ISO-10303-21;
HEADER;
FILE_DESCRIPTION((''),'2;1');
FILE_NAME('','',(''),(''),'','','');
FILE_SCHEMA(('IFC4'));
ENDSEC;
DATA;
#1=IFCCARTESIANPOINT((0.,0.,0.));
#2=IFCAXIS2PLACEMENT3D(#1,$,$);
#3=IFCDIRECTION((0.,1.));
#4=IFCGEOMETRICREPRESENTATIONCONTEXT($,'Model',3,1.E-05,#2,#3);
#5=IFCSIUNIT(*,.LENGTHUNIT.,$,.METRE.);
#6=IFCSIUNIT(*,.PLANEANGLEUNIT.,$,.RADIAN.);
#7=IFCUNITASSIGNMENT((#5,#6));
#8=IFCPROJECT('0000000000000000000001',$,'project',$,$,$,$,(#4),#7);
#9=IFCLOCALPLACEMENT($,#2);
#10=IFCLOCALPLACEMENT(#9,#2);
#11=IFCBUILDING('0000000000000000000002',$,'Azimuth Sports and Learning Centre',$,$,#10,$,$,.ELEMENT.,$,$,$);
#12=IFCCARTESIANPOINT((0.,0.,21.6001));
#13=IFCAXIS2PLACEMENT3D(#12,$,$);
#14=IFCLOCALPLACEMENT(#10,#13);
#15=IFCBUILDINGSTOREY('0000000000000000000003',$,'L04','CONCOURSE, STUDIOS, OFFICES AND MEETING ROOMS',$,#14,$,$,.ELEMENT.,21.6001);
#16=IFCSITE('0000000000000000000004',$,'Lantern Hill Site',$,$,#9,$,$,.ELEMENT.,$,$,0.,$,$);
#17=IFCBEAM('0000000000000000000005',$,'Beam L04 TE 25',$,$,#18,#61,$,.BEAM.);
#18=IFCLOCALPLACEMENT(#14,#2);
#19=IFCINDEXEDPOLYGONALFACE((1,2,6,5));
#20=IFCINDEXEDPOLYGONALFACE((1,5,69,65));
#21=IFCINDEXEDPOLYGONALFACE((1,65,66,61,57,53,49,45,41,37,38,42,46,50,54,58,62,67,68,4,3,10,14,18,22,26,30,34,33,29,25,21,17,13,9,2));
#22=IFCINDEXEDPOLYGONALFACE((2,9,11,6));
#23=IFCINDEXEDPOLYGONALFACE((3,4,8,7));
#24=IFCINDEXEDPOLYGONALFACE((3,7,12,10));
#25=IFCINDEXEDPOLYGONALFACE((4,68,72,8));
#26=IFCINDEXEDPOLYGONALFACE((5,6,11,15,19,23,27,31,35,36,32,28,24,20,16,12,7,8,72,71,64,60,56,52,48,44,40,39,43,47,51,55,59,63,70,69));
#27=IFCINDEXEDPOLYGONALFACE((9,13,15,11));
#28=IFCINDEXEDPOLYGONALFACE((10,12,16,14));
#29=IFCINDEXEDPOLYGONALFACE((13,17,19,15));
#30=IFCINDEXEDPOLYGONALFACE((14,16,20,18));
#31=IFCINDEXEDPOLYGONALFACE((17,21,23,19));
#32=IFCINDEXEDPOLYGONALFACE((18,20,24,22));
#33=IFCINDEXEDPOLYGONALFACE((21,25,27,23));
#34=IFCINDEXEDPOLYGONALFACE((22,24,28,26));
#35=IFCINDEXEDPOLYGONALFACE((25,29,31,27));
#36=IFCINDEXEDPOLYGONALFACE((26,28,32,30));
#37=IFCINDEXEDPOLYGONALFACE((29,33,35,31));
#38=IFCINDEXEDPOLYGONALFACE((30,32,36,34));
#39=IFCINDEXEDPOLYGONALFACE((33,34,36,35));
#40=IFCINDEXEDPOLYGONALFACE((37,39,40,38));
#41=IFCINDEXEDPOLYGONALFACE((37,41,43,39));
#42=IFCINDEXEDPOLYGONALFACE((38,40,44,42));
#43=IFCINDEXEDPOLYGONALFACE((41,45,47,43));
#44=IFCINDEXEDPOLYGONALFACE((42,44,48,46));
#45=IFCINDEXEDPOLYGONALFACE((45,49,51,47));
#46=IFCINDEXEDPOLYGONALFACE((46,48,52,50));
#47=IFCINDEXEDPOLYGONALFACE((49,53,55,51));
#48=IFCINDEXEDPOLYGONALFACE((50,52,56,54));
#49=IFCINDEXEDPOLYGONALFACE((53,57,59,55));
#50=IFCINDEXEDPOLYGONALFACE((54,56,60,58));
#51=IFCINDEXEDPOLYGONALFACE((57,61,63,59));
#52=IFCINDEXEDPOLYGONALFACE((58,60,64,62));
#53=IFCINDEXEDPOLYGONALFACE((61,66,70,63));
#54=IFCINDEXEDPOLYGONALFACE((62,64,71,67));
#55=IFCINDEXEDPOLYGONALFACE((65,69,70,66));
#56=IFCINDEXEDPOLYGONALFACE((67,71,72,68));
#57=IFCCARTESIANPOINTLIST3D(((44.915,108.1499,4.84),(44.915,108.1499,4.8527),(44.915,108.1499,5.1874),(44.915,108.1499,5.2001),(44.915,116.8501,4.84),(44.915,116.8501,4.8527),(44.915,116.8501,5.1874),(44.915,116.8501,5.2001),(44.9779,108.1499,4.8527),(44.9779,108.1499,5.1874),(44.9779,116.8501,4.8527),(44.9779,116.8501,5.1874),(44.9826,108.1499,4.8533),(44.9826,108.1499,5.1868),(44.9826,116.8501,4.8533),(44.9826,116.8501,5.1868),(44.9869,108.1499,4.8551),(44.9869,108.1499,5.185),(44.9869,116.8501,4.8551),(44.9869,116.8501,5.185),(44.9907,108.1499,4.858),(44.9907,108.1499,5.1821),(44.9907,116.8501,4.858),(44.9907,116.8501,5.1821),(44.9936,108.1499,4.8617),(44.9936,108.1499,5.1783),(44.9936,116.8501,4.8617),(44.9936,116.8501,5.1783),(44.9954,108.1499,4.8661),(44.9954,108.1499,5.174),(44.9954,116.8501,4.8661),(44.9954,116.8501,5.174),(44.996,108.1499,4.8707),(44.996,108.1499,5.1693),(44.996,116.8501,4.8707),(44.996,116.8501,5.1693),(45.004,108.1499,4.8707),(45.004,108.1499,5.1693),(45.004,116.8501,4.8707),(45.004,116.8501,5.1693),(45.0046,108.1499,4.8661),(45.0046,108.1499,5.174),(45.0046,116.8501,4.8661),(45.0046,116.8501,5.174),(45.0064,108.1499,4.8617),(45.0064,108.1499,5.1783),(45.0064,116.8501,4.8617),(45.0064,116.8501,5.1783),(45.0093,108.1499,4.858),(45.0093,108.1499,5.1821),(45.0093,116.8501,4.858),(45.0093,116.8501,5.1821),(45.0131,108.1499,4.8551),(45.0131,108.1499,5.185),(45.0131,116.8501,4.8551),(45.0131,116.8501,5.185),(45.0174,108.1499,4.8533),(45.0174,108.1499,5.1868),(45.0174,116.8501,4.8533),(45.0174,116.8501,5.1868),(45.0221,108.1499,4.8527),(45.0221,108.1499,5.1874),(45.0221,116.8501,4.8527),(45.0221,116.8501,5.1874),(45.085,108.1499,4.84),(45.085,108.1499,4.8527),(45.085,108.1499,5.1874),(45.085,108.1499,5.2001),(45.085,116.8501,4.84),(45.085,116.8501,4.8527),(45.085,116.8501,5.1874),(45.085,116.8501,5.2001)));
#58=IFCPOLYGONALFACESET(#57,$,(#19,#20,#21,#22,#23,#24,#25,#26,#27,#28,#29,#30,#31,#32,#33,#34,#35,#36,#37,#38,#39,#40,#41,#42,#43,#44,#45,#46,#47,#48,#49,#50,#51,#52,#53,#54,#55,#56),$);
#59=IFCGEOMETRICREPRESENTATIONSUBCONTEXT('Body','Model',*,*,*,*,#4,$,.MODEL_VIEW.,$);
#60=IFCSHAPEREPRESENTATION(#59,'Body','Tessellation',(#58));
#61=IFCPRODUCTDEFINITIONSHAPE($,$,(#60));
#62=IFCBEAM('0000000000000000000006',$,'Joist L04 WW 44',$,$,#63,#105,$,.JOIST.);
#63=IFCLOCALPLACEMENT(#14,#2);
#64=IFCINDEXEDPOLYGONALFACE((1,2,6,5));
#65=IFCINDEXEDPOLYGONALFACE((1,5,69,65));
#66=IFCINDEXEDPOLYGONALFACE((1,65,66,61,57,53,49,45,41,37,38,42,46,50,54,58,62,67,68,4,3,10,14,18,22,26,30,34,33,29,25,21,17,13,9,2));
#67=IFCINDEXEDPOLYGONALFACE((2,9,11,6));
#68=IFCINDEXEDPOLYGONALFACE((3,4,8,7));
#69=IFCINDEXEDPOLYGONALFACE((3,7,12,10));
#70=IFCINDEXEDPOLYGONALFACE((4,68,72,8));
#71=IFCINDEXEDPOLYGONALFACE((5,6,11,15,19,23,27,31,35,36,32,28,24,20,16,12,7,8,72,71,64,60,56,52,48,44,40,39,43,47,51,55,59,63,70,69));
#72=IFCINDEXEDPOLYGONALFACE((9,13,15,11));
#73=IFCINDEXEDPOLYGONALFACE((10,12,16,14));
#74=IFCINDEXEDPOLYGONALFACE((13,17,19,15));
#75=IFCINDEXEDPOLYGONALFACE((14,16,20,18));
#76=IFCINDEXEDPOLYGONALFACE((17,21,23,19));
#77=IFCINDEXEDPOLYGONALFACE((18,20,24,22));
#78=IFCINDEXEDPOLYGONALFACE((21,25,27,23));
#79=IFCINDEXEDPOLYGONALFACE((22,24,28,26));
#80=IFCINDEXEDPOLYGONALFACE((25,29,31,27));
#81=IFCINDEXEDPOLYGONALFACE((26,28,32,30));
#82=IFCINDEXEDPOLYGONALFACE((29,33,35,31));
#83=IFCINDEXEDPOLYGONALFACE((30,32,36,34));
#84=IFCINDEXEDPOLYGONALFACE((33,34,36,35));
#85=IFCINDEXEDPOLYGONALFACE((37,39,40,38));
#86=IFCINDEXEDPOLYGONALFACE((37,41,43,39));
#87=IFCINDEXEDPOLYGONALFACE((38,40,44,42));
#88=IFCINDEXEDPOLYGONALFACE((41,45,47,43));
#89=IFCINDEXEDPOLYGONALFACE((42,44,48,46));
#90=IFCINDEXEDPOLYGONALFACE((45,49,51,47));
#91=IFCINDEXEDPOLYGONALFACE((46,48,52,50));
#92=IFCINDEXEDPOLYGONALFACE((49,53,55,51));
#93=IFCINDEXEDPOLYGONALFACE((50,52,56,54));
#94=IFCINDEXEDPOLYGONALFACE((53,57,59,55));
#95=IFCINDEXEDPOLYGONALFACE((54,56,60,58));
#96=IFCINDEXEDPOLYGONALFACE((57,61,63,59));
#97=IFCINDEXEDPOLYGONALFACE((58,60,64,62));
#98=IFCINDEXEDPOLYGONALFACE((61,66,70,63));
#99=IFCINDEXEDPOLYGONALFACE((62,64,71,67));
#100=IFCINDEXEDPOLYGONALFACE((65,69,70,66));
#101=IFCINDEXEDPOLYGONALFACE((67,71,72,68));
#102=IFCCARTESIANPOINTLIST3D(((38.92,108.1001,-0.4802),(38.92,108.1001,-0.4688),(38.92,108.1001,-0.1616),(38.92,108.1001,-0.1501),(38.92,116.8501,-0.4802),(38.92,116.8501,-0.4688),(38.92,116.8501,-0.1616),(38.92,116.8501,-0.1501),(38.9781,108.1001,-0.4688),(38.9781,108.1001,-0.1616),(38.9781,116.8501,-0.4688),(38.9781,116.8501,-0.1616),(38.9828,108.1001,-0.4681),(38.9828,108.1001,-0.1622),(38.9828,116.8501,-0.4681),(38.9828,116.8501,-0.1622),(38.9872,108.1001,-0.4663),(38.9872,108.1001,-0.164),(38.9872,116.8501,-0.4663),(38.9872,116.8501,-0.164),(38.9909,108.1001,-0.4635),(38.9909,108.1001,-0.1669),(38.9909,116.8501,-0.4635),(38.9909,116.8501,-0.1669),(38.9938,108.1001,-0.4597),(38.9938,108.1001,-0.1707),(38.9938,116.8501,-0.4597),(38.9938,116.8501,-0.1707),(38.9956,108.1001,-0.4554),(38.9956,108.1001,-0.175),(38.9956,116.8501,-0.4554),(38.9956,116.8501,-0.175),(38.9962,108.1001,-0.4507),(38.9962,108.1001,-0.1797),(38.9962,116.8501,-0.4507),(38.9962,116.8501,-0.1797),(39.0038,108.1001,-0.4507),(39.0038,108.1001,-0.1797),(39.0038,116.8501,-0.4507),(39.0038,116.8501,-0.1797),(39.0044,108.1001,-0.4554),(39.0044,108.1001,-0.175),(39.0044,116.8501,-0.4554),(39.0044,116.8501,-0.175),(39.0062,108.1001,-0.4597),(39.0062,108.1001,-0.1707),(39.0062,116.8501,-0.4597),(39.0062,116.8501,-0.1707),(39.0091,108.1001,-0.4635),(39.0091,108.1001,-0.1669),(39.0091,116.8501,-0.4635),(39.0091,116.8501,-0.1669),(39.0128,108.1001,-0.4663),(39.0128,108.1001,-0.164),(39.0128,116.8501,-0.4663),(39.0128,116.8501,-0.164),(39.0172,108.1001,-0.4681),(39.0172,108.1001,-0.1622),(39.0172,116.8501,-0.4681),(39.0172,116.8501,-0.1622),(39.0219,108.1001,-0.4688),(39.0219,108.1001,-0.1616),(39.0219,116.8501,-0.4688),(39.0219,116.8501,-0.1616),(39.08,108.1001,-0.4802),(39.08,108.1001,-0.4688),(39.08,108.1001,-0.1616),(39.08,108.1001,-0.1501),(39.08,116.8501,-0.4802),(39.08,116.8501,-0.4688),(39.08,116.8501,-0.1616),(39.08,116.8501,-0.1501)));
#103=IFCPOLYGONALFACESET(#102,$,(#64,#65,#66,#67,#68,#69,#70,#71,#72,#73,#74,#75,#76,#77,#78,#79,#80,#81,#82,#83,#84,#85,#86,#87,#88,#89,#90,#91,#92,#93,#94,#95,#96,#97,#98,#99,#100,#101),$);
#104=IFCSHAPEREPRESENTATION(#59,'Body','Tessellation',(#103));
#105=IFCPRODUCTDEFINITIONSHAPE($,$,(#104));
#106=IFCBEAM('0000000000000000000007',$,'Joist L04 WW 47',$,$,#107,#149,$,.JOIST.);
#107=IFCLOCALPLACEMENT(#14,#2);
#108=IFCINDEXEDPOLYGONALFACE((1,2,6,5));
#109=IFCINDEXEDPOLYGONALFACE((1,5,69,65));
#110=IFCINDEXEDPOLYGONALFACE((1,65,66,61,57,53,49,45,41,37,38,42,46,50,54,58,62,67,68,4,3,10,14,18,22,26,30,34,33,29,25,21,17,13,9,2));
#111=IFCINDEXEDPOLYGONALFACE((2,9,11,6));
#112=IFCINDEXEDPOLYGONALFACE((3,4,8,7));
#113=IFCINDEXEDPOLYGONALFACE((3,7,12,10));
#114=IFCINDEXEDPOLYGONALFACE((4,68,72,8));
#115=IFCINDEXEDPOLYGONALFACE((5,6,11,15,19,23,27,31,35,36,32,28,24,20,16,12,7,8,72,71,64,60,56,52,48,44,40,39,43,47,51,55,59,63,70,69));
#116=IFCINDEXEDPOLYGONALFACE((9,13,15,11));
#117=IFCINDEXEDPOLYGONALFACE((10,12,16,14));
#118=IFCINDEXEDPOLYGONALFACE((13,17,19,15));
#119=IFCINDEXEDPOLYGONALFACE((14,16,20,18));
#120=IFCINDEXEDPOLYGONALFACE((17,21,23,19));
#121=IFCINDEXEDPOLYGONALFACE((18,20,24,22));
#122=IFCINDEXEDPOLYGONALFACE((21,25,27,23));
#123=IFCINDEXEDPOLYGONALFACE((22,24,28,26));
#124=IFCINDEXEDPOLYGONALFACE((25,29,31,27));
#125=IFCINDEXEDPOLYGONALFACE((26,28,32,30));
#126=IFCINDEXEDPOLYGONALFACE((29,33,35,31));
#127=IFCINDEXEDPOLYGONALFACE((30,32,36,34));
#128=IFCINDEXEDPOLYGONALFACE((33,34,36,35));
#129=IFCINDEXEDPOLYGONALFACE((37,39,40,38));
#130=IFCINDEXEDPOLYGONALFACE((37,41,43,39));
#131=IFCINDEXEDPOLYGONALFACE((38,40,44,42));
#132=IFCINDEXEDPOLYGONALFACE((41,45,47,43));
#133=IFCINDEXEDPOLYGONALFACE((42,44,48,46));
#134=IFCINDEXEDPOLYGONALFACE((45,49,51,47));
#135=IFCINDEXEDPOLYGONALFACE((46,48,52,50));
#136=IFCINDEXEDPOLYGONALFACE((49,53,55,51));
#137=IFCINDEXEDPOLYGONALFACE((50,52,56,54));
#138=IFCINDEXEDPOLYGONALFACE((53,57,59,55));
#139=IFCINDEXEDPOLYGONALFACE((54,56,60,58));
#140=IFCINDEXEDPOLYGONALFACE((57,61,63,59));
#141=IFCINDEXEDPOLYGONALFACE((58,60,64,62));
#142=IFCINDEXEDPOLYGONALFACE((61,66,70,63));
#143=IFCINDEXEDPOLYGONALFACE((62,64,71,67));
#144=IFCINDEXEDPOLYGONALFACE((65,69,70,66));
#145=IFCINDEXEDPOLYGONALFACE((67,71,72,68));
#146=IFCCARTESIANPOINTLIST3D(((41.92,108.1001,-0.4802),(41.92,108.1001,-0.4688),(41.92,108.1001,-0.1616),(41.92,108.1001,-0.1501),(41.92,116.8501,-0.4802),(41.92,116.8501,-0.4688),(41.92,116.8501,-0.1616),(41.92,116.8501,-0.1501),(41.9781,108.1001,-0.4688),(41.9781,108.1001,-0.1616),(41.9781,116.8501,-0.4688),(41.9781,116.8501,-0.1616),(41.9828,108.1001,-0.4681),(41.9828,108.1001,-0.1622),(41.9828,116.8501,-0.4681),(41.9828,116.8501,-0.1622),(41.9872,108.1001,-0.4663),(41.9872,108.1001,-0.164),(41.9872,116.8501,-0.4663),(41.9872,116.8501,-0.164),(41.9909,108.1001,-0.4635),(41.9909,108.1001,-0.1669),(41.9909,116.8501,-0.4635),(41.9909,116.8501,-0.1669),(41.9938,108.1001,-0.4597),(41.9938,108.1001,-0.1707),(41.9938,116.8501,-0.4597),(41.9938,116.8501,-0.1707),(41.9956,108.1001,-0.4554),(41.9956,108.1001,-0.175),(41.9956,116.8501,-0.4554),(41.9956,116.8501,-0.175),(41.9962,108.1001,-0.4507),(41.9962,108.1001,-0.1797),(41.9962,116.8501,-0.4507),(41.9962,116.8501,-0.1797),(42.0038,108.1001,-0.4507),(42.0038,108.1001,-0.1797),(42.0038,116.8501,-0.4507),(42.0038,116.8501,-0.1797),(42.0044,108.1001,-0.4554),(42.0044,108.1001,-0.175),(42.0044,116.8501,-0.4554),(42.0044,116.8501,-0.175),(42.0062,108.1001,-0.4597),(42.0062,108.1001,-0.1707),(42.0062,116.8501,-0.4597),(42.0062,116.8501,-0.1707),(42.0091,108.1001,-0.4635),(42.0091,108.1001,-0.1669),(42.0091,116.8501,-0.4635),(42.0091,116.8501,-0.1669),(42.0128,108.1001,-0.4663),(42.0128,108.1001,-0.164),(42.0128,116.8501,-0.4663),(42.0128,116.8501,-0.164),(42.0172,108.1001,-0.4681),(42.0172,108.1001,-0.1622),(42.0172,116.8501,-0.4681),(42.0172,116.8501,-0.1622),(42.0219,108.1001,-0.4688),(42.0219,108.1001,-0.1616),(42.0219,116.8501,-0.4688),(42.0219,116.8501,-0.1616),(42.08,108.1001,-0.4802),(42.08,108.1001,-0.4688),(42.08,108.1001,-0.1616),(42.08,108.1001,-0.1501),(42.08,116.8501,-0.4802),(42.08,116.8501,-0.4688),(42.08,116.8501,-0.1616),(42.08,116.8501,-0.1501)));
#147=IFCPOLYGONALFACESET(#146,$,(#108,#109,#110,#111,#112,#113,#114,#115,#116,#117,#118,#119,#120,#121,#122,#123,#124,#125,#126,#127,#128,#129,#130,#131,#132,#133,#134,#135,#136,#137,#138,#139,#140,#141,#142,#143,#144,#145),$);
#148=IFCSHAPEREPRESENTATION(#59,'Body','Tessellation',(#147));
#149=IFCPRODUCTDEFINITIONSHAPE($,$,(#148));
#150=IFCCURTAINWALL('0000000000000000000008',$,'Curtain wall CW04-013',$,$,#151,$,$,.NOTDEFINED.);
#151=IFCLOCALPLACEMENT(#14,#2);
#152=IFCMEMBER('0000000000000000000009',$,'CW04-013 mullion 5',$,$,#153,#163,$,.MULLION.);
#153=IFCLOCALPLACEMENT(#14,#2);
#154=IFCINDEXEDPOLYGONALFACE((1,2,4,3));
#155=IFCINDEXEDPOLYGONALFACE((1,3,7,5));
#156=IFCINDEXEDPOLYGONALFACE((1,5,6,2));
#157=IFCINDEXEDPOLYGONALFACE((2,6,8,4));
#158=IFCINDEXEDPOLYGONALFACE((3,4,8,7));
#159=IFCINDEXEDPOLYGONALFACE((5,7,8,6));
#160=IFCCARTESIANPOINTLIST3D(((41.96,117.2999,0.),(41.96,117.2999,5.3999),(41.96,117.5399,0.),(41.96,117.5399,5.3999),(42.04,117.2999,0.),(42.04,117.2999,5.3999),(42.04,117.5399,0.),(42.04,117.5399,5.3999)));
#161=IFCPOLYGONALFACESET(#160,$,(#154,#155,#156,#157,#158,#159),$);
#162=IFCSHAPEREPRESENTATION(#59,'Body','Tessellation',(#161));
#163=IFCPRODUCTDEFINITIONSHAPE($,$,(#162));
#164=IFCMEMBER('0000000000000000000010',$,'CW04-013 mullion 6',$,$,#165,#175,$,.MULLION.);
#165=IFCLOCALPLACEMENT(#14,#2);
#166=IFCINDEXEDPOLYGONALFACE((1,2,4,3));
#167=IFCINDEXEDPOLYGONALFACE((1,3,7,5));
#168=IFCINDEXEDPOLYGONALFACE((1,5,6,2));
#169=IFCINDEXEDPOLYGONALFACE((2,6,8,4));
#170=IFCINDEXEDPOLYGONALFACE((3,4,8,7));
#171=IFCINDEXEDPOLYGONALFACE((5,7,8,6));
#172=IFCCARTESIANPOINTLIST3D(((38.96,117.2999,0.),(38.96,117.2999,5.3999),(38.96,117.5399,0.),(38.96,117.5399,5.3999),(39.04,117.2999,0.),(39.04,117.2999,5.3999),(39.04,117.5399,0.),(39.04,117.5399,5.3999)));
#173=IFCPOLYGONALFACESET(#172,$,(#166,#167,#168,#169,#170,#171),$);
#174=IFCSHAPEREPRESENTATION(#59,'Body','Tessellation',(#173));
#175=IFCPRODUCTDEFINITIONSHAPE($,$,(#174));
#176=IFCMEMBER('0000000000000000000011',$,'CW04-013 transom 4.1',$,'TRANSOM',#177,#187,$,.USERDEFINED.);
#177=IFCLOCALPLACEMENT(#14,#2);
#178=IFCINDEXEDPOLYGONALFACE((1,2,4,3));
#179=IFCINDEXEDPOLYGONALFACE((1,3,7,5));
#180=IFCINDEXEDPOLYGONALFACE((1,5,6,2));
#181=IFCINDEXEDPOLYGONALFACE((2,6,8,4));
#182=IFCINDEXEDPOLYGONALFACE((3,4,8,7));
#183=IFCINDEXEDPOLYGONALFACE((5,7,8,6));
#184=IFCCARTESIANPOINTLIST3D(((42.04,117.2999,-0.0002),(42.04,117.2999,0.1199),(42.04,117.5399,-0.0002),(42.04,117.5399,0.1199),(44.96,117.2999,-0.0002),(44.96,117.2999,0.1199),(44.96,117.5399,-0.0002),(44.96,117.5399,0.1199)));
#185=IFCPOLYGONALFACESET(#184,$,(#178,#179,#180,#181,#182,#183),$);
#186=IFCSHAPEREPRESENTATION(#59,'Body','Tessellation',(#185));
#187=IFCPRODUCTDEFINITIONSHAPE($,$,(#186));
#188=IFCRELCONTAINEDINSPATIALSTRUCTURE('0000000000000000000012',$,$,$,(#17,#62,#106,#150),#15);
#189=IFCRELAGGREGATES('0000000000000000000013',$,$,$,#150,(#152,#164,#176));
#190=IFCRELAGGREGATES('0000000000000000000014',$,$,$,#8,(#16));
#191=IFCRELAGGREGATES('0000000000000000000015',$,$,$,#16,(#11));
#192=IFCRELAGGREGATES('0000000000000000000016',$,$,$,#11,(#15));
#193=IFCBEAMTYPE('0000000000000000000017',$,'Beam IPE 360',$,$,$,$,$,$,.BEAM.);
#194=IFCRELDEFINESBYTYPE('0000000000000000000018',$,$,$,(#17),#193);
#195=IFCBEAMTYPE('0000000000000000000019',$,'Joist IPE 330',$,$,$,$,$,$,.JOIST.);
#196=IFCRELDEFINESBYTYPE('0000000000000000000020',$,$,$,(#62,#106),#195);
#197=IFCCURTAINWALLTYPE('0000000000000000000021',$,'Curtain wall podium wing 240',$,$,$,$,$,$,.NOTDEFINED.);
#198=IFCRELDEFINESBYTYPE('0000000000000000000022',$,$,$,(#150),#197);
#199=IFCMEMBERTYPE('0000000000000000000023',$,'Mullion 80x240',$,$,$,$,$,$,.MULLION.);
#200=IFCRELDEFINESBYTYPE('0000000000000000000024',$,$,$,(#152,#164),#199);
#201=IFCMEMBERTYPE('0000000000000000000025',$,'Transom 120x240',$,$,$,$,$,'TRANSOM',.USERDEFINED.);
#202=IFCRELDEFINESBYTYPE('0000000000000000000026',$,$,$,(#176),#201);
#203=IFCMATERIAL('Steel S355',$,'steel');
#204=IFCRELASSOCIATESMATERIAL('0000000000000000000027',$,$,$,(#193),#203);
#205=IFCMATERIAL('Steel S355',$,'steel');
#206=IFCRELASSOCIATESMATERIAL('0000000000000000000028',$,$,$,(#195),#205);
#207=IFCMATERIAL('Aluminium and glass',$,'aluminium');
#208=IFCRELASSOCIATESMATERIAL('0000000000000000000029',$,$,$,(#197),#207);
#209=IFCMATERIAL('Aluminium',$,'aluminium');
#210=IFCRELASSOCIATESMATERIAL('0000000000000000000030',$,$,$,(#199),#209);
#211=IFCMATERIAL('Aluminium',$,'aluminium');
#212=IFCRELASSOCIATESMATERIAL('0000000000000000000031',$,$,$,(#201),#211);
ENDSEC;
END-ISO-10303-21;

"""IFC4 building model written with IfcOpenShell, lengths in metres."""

from ifc_helpers import new_model, si_unit, direction, frame, origin, origin_2d, place, context, subcontext, project, spatial, rectangle, i_section, extrude, material, material_profile, profile_set, type_object, element, aggregate, save


model = new_model("IFC4")

# Units and contexts
model_context = context("Model", 3, precision=1e-05, world=origin(), true_north=direction((0.0, 1.0)))
body_context = subcontext(model_context, "Body", "Model", "MODEL_VIEW")
ifc_project = project(units=[si_unit("LENGTHUNIT", "METRE"), si_unit("PLANEANGLEUNIT", "RADIAN")], contexts=[model_context])

# Site, building, storey
site_placement = place(None, origin())
site = spatial("IfcSite", under=ifc_project, at=site_placement, Name="Lantern Hill Site", CompositionType="ELEMENT", RefElevation=0.0)
building_placement = place(site_placement, origin())
building = spatial("IfcBuilding", under=site, at=building_placement, Name="Azimuth Sports and Learning Centre", CompositionType="ELEMENT")
storey_placement = place(building_placement, frame((0.0, 0.0, 21.6001)))
storey = spatial("IfcBuildingStorey", under=building, at=storey_placement, Name="L04", Description="CONCOURSE, STUDIOS, OFFICES AND MEETING ROOMS", CompositionType="ELEMENT", Elevation=21.6001)

# Beams
ifc_material_1 = material(Name="Steel S355", Category="steel")
ifc_material_profile_1 = material_profile(ifc_material_1, i_section(OverallWidth=0.1699, OverallDepth=0.3601, WebThickness=0.0081, FlangeThickness=0.0127, FilletRadius=0.0181, at=origin_2d()), Name="IPE 360")
ifc_profile_set_1 = profile_set([ifc_material_profile_1], Name="Steel S355")
beam_type_1 = type_object("IfcBeamType", Name="Beam IPE 360", PredefinedType="BEAM", material=ifc_profile_set_1)
beam_placement = place(storey_placement, frame((45.0, 108.1499, 5.02), z_axis=(0.0, 1.0, 0.0), x_axis=(-1.0, 0.0, 0.0)))
element("IfcBeam", 1, at=beam_placement, inside=storey, type_object=beam_type_1, Name="Beam L04 TE 25", PredefinedType="BEAM", context=body_context, shape_type="SweptSolid", body=[
    extrude(i_section(OverallWidth=0.1699, OverallDepth=0.3601, WebThickness=0.0081, FlangeThickness=0.0127, FilletRadius=0.0181, at=origin_2d()), origin(), (0.0, 0.0, 1.0), 8.7002),
])
ifc_material_2 = material(Name="Steel S355", Category="steel")
ifc_material_profile_2 = material_profile(ifc_material_2, i_section(OverallWidth=0.1599, OverallDepth=0.3301, WebThickness=0.0076, FlangeThickness=0.0115, FilletRadius=0.0181, at=origin_2d()), Name="IPE 330")
ifc_profile_set_2 = profile_set([ifc_material_profile_2], Name="Steel S355")
beam_type_2 = type_object("IfcBeamType", Name="Joist IPE 330", PredefinedType="JOIST", material=ifc_profile_set_2)
for number, where, z_axis, x_axis, name in (
    (2, (39.0, 108.1001, -0.3152), (0.0, 1.0, 0.0), (-1.0, 0.0, 0.0), "Joist L04 WW 44"),
    (3, (42.0, 108.1001, -0.3152), (0.0, 1.0, 0.0), (-1.0, 0.0, 0.0), "Joist L04 WW 47"),
):
    element("IfcBeam", number, at=place(storey_placement, frame(where, z_axis=z_axis, x_axis=x_axis)), inside=storey, type_object=beam_type_2, Name=name, PredefinedType="JOIST", context=body_context, shape_type="SweptSolid", body=[
        extrude(i_section(OverallWidth=0.1599, OverallDepth=0.3301, WebThickness=0.0076, FlangeThickness=0.0115, FilletRadius=0.0181, at=origin_2d()), origin(), (0.0, 0.0, 1.0), 8.75),
    ])

# Curtain wall, members
ifc_material_3 = material(Name="Aluminium and glass", Category="aluminium")
curtain_wall_type = type_object("IfcCurtainWallType", Name="Curtain wall podium wing 240", PredefinedType="NOTDEFINED", material=ifc_material_3)
curtain_wall_placement = place(storey_placement, origin())
curtain_wall = element("IfcCurtainWall", 4, at=curtain_wall_placement, inside=storey, type_object=curtain_wall_type, Name="Curtain wall CW04-013", PredefinedType="NOTDEFINED")
ifc_material_4 = material(Name="Aluminium", Category="aluminium")
ifc_material_profile_3 = material_profile(ifc_material_4, rectangle(XDim=0.24, YDim=0.0801, at=origin_2d()), Name="Mullion 80x240")
ifc_profile_set_3 = profile_set([ifc_material_profile_3], Name="Aluminium")
member_type_1 = type_object("IfcMemberType", Name="Mullion 80x240", PredefinedType="MULLION", material=ifc_profile_set_3)
member_1_placement = place(storey_placement, frame((42.0, 117.4199, 0.0), z_axis=(0.0, 0.0, 1.0), x_axis=(0.0, -1.0, 0.0)))
member_1 = element("IfcMember", 5, at=member_1_placement, type_object=member_type_1, Name="CW04-013 mullion 5", PredefinedType="MULLION", context=body_context, shape_type="SweptSolid", body=[
    extrude(rectangle(XDim=0.24, YDim=0.0801, at=origin_2d()), origin(), (0.0, 0.0, 1.0), 5.3999),
])
member_2_placement = place(storey_placement, frame((39.0, 117.4199, 0.0), z_axis=(0.0, 0.0, 1.0), x_axis=(0.0, -1.0, 0.0)))
member_2 = element("IfcMember", 6, at=member_2_placement, type_object=member_type_1, Name="CW04-013 mullion 6", PredefinedType="MULLION", context=body_context, shape_type="SweptSolid", body=[
    extrude(rectangle(XDim=0.24, YDim=0.0801, at=origin_2d()), origin(), (0.0, 0.0, 1.0), 5.3999),
])
ifc_material_5 = material(Name="Aluminium", Category="aluminium")
ifc_material_profile_4 = material_profile(ifc_material_5, rectangle(XDim=0.24, YDim=0.1201, at=origin_2d()), Name="Transom 120x240")
ifc_profile_set_4 = profile_set([ifc_material_profile_4], Name="Aluminium")
member_type_2 = type_object("IfcMemberType", Name="Transom 120x240", ElementType="TRANSOM", PredefinedType="USERDEFINED", material=ifc_profile_set_4)
member_3_placement = place(storey_placement, frame((44.96, 117.4199, 0.0598), z_axis=(-1.0, 0.0, 0.0), x_axis=(0.0, -1.0, 0.0)))
member_3 = element("IfcMember", 7, at=member_3_placement, type_object=member_type_2, Name="CW04-013 transom 4.1", ObjectType="TRANSOM", PredefinedType="USERDEFINED", context=body_context, shape_type="SweptSolid", body=[
    extrude(rectangle(XDim=0.24, YDim=0.1201, at=origin_2d()), origin(), (0.0, 0.0, 1.0), 2.9199),
])
aggregate(curtain_wall, [member_1, member_2, member_3])

save(model, "model.ifc")
